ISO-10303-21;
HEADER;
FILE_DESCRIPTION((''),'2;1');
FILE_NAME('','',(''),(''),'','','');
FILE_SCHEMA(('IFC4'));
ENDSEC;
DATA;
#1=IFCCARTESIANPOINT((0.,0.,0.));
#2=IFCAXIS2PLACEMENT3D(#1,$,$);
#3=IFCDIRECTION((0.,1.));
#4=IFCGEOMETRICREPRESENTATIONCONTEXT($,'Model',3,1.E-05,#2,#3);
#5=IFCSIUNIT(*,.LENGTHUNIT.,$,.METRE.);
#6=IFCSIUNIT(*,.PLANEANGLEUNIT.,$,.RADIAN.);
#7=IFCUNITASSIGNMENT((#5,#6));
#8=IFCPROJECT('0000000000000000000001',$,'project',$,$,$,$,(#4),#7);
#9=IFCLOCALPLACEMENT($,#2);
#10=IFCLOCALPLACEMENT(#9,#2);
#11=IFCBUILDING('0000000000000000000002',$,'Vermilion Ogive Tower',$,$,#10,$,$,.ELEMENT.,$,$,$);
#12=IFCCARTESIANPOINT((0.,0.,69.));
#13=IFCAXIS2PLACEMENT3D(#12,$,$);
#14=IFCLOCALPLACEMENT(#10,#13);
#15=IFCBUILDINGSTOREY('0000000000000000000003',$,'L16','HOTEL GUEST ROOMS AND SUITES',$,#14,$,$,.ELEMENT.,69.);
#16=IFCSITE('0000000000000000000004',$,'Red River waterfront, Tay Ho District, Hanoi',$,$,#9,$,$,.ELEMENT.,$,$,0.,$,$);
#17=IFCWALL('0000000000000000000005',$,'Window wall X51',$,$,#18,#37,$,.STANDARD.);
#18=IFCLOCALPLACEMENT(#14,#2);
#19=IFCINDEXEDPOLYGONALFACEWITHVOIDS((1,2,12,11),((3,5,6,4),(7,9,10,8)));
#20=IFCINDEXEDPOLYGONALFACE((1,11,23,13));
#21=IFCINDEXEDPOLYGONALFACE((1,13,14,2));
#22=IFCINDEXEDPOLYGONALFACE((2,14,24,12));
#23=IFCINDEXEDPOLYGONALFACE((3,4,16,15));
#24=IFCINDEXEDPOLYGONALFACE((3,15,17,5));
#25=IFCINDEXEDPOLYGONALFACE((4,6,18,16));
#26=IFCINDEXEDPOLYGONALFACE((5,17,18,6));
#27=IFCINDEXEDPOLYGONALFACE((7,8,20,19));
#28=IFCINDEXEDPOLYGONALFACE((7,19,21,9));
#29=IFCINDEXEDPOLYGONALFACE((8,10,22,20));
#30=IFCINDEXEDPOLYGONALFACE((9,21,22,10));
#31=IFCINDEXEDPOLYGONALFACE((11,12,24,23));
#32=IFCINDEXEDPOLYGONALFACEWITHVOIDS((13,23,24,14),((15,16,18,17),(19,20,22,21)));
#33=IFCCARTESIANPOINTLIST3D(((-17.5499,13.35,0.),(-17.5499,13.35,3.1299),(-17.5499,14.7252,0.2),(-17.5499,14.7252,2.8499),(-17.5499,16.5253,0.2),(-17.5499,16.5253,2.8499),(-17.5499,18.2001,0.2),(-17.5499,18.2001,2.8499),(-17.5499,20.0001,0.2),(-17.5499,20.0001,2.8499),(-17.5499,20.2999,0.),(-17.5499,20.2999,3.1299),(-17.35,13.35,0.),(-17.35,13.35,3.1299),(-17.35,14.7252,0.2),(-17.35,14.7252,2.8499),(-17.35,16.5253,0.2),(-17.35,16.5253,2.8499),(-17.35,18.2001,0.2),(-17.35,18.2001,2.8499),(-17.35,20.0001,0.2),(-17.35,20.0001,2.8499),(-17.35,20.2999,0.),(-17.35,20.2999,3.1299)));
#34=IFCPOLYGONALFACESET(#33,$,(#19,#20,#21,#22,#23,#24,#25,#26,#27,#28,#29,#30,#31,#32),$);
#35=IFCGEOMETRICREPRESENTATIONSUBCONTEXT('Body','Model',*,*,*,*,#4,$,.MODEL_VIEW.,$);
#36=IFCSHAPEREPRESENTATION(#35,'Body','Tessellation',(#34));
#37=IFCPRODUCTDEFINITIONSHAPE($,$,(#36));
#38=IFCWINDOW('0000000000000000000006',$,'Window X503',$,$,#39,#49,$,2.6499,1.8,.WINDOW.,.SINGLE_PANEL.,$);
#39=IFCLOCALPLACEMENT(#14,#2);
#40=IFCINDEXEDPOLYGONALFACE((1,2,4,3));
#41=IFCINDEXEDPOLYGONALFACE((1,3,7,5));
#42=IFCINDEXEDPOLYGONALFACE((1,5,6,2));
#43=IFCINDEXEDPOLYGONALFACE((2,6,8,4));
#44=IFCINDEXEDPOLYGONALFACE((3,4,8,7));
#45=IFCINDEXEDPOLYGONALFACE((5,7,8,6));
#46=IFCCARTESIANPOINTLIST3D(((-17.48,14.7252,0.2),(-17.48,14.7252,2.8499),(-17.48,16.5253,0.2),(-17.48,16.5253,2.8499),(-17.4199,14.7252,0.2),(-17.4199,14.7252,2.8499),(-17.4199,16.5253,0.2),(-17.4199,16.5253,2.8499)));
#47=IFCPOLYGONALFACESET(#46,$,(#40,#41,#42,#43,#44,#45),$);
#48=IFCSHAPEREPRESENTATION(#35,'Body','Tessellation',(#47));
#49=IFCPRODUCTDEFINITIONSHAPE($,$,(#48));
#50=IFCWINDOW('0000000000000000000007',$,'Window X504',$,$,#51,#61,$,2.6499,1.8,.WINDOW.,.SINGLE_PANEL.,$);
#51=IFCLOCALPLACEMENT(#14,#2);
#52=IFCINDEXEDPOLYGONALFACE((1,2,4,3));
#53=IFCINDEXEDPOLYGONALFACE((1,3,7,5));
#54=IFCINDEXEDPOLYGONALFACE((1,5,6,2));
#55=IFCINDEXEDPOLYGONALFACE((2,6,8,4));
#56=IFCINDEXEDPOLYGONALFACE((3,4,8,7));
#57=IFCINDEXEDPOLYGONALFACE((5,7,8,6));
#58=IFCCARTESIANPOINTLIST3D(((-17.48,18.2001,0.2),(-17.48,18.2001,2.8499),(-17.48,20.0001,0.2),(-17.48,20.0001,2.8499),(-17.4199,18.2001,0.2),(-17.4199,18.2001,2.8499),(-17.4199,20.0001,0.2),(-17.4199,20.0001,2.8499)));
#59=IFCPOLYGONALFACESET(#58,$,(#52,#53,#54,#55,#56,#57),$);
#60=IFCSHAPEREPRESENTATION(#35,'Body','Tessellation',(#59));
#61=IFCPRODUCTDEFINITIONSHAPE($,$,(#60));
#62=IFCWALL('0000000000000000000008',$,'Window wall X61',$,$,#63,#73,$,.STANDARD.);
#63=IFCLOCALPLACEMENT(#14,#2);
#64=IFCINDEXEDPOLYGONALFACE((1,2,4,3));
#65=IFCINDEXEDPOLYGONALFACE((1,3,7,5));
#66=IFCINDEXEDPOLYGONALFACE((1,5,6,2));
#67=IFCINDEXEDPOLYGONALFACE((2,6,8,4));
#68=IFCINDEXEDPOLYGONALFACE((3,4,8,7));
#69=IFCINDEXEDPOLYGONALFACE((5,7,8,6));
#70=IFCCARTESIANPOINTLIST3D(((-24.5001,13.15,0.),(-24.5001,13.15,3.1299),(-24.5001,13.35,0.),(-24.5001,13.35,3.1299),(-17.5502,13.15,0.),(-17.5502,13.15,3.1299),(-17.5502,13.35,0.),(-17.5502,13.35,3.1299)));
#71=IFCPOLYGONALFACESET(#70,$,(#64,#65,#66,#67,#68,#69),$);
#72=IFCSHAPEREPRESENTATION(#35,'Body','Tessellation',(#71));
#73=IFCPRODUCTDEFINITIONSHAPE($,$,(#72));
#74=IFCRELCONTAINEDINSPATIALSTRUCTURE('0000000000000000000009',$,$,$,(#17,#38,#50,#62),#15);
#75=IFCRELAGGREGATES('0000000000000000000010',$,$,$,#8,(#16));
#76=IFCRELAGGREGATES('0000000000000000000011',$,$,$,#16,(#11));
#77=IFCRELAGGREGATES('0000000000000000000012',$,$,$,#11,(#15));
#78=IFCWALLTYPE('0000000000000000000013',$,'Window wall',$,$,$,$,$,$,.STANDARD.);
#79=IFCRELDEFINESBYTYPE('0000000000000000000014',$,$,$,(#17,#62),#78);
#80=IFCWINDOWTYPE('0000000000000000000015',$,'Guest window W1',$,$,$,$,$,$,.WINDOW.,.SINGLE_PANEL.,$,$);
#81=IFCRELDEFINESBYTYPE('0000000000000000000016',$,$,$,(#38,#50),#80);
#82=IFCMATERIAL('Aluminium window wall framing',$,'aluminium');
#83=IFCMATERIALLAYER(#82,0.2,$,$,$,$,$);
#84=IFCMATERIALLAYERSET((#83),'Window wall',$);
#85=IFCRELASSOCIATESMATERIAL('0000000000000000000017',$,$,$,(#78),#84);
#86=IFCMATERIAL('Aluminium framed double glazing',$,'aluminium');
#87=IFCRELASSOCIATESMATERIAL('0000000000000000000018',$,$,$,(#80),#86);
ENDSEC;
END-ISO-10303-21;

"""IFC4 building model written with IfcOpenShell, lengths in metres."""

from ifc_helpers import new_model, si_unit, direction, frame, frame_2d, origin, place, context, subcontext, project, spatial, rectangle, extrude, material, layer, layer_set, type_object, element, fill, save


model = new_model("IFC4")

# Units and contexts
model_context = context("Model", 3, precision=1e-05, world=origin(), true_north=direction((0.0, 1.0)))
body_context = subcontext(model_context, "Body", "Model", "MODEL_VIEW")
ifc_project = project(units=[si_unit("LENGTHUNIT", "METRE"), si_unit("PLANEANGLEUNIT", "RADIAN")], contexts=[model_context])

# Site, building, storey
site_placement = place(None, origin())
site = spatial("IfcSite", under=ifc_project, at=site_placement, Name="Red River waterfront, Tay Ho District, Hanoi", CompositionType="ELEMENT", RefElevation=0.0)
building_placement = place(site_placement, origin())
building = spatial("IfcBuilding", under=site, at=building_placement, Name="Vermilion Ogive Tower", CompositionType="ELEMENT")
storey_placement = place(building_placement, frame((0.0, 0.0, 69.0)))
storey = spatial("IfcBuildingStorey", under=building, at=storey_placement, Name="L16", Description="HOTEL GUEST ROOMS AND SUITES", CompositionType="ELEMENT", Elevation=69.0)

# Wall, openings, windows
ifc_material_1 = material(Name="Aluminium window wall framing", Category="aluminium")
ifc_layer_1 = layer(ifc_material_1, 0.2)
ifc_layer_set_1 = layer_set([ifc_layer_1], Name="Window wall")
wall_type_1 = type_object("IfcWallType", Name="Window wall", PredefinedType="STANDARD", material=ifc_layer_set_1)
wall_1_placement = place(storey_placement, frame((-17.45, 20.3, 0.0), z_axis=(0.0, 0.0, 1.0), x_axis=(0.0, -1.0, 0.0)))
wall_1 = element("IfcWall", 1, at=wall_1_placement, inside=storey, type_object=wall_type_1, Name="Window wall X51", PredefinedType="STANDARD", context=body_context, shape_type="SweptSolid", body=[
    extrude(rectangle(XDim=6.95, YDim=0.2, at=frame_2d((3.4751, 0.0))), origin(), (0.0, 0.0, 1.0), 3.1299),
])
opening_1_placement = place(wall_1_placement, frame((3.7749, 0.0, 0.2)))
opening_1 = element("IfcOpeningElement", 2, at=opening_1_placement, cuts=wall_1, PredefinedType="OPENING", context=body_context, shape_type="SweptSolid", body=[
    extrude(rectangle(XDim=1.8, YDim=2.6499, at=frame_2d((0.8999, 1.325))), frame((0.0, 0.1099, 0.0), z_axis=(0.0, -1.0, 0.0), x_axis=(1.0, 0.0, 0.0)), (0.0, 0.0, 1.0), 0.22),
])
opening_2_placement = place(wall_1_placement, frame((0.3, 0.0, 0.2)))
opening_2 = element("IfcOpeningElement", 3, at=opening_2_placement, cuts=wall_1, PredefinedType="OPENING", context=body_context, shape_type="SweptSolid", body=[
    extrude(rectangle(XDim=1.8, YDim=2.6499, at=frame_2d((0.8999, 1.325))), frame((0.0, 0.1099, 0.0), z_axis=(0.0, -1.0, 0.0), x_axis=(1.0, 0.0, 0.0)), (0.0, 0.0, 1.0), 0.22),
])
ifc_material_2 = material(Name="Aluminium framed double glazing", Category="aluminium")
window_type = type_object("IfcWindowType", Name="Guest window W1", PartitioningType="SINGLE_PANEL", PredefinedType="WINDOW", material=ifc_material_2)
window_1_placement = place(opening_1_placement, origin())
window_1 = element("IfcWindow", 4, at=window_1_placement, inside=storey, type_object=window_type, Name="Window X503", OverallHeight=2.6499, OverallWidth=1.8, PartitioningType="SINGLE_PANEL", PredefinedType="WINDOW", context=body_context, shape_type="SweptSolid", body=[
    extrude(rectangle(XDim=1.8, YDim=2.6499, at=frame_2d((0.8999, 1.325))), frame((0.0, 0.03, 0.0), z_axis=(0.0, -1.0, 0.0), x_axis=(1.0, 0.0, 0.0)), (0.0, 0.0, 1.0), 0.0601),
])
fill(opening_1, window_1)
window_2_placement = place(opening_2_placement, origin())
window_2 = element("IfcWindow", 5, at=window_2_placement, inside=storey, type_object=window_type, Name="Window X504", OverallHeight=2.6499, OverallWidth=1.8, PartitioningType="SINGLE_PANEL", PredefinedType="WINDOW", context=body_context, shape_type="SweptSolid", body=[
    extrude(rectangle(XDim=1.8, YDim=2.6499, at=frame_2d((0.8999, 1.325))), frame((0.0, 0.03, 0.0), z_axis=(0.0, -1.0, 0.0), x_axis=(1.0, 0.0, 0.0)), (0.0, 0.0, 1.0), 0.0601),
])
fill(opening_2, window_2)

# Wall
wall_2_placement = place(storey_placement, frame((-17.55, 13.25, 0.0), z_axis=(0.0, 0.0, 1.0), x_axis=(-1.0, 0.0, 0.0)))
element("IfcWall", 6, at=wall_2_placement, inside=storey, type_object=wall_type_1, Name="Window wall X61", PredefinedType="STANDARD", context=body_context, shape_type="SweptSolid", body=[
    extrude(rectangle(XDim=6.95, YDim=0.2, at=frame_2d((3.4751, 0.0))), origin(), (0.0, 0.0, 1.0), 3.1299),
])

save(model, "model.ifc")
